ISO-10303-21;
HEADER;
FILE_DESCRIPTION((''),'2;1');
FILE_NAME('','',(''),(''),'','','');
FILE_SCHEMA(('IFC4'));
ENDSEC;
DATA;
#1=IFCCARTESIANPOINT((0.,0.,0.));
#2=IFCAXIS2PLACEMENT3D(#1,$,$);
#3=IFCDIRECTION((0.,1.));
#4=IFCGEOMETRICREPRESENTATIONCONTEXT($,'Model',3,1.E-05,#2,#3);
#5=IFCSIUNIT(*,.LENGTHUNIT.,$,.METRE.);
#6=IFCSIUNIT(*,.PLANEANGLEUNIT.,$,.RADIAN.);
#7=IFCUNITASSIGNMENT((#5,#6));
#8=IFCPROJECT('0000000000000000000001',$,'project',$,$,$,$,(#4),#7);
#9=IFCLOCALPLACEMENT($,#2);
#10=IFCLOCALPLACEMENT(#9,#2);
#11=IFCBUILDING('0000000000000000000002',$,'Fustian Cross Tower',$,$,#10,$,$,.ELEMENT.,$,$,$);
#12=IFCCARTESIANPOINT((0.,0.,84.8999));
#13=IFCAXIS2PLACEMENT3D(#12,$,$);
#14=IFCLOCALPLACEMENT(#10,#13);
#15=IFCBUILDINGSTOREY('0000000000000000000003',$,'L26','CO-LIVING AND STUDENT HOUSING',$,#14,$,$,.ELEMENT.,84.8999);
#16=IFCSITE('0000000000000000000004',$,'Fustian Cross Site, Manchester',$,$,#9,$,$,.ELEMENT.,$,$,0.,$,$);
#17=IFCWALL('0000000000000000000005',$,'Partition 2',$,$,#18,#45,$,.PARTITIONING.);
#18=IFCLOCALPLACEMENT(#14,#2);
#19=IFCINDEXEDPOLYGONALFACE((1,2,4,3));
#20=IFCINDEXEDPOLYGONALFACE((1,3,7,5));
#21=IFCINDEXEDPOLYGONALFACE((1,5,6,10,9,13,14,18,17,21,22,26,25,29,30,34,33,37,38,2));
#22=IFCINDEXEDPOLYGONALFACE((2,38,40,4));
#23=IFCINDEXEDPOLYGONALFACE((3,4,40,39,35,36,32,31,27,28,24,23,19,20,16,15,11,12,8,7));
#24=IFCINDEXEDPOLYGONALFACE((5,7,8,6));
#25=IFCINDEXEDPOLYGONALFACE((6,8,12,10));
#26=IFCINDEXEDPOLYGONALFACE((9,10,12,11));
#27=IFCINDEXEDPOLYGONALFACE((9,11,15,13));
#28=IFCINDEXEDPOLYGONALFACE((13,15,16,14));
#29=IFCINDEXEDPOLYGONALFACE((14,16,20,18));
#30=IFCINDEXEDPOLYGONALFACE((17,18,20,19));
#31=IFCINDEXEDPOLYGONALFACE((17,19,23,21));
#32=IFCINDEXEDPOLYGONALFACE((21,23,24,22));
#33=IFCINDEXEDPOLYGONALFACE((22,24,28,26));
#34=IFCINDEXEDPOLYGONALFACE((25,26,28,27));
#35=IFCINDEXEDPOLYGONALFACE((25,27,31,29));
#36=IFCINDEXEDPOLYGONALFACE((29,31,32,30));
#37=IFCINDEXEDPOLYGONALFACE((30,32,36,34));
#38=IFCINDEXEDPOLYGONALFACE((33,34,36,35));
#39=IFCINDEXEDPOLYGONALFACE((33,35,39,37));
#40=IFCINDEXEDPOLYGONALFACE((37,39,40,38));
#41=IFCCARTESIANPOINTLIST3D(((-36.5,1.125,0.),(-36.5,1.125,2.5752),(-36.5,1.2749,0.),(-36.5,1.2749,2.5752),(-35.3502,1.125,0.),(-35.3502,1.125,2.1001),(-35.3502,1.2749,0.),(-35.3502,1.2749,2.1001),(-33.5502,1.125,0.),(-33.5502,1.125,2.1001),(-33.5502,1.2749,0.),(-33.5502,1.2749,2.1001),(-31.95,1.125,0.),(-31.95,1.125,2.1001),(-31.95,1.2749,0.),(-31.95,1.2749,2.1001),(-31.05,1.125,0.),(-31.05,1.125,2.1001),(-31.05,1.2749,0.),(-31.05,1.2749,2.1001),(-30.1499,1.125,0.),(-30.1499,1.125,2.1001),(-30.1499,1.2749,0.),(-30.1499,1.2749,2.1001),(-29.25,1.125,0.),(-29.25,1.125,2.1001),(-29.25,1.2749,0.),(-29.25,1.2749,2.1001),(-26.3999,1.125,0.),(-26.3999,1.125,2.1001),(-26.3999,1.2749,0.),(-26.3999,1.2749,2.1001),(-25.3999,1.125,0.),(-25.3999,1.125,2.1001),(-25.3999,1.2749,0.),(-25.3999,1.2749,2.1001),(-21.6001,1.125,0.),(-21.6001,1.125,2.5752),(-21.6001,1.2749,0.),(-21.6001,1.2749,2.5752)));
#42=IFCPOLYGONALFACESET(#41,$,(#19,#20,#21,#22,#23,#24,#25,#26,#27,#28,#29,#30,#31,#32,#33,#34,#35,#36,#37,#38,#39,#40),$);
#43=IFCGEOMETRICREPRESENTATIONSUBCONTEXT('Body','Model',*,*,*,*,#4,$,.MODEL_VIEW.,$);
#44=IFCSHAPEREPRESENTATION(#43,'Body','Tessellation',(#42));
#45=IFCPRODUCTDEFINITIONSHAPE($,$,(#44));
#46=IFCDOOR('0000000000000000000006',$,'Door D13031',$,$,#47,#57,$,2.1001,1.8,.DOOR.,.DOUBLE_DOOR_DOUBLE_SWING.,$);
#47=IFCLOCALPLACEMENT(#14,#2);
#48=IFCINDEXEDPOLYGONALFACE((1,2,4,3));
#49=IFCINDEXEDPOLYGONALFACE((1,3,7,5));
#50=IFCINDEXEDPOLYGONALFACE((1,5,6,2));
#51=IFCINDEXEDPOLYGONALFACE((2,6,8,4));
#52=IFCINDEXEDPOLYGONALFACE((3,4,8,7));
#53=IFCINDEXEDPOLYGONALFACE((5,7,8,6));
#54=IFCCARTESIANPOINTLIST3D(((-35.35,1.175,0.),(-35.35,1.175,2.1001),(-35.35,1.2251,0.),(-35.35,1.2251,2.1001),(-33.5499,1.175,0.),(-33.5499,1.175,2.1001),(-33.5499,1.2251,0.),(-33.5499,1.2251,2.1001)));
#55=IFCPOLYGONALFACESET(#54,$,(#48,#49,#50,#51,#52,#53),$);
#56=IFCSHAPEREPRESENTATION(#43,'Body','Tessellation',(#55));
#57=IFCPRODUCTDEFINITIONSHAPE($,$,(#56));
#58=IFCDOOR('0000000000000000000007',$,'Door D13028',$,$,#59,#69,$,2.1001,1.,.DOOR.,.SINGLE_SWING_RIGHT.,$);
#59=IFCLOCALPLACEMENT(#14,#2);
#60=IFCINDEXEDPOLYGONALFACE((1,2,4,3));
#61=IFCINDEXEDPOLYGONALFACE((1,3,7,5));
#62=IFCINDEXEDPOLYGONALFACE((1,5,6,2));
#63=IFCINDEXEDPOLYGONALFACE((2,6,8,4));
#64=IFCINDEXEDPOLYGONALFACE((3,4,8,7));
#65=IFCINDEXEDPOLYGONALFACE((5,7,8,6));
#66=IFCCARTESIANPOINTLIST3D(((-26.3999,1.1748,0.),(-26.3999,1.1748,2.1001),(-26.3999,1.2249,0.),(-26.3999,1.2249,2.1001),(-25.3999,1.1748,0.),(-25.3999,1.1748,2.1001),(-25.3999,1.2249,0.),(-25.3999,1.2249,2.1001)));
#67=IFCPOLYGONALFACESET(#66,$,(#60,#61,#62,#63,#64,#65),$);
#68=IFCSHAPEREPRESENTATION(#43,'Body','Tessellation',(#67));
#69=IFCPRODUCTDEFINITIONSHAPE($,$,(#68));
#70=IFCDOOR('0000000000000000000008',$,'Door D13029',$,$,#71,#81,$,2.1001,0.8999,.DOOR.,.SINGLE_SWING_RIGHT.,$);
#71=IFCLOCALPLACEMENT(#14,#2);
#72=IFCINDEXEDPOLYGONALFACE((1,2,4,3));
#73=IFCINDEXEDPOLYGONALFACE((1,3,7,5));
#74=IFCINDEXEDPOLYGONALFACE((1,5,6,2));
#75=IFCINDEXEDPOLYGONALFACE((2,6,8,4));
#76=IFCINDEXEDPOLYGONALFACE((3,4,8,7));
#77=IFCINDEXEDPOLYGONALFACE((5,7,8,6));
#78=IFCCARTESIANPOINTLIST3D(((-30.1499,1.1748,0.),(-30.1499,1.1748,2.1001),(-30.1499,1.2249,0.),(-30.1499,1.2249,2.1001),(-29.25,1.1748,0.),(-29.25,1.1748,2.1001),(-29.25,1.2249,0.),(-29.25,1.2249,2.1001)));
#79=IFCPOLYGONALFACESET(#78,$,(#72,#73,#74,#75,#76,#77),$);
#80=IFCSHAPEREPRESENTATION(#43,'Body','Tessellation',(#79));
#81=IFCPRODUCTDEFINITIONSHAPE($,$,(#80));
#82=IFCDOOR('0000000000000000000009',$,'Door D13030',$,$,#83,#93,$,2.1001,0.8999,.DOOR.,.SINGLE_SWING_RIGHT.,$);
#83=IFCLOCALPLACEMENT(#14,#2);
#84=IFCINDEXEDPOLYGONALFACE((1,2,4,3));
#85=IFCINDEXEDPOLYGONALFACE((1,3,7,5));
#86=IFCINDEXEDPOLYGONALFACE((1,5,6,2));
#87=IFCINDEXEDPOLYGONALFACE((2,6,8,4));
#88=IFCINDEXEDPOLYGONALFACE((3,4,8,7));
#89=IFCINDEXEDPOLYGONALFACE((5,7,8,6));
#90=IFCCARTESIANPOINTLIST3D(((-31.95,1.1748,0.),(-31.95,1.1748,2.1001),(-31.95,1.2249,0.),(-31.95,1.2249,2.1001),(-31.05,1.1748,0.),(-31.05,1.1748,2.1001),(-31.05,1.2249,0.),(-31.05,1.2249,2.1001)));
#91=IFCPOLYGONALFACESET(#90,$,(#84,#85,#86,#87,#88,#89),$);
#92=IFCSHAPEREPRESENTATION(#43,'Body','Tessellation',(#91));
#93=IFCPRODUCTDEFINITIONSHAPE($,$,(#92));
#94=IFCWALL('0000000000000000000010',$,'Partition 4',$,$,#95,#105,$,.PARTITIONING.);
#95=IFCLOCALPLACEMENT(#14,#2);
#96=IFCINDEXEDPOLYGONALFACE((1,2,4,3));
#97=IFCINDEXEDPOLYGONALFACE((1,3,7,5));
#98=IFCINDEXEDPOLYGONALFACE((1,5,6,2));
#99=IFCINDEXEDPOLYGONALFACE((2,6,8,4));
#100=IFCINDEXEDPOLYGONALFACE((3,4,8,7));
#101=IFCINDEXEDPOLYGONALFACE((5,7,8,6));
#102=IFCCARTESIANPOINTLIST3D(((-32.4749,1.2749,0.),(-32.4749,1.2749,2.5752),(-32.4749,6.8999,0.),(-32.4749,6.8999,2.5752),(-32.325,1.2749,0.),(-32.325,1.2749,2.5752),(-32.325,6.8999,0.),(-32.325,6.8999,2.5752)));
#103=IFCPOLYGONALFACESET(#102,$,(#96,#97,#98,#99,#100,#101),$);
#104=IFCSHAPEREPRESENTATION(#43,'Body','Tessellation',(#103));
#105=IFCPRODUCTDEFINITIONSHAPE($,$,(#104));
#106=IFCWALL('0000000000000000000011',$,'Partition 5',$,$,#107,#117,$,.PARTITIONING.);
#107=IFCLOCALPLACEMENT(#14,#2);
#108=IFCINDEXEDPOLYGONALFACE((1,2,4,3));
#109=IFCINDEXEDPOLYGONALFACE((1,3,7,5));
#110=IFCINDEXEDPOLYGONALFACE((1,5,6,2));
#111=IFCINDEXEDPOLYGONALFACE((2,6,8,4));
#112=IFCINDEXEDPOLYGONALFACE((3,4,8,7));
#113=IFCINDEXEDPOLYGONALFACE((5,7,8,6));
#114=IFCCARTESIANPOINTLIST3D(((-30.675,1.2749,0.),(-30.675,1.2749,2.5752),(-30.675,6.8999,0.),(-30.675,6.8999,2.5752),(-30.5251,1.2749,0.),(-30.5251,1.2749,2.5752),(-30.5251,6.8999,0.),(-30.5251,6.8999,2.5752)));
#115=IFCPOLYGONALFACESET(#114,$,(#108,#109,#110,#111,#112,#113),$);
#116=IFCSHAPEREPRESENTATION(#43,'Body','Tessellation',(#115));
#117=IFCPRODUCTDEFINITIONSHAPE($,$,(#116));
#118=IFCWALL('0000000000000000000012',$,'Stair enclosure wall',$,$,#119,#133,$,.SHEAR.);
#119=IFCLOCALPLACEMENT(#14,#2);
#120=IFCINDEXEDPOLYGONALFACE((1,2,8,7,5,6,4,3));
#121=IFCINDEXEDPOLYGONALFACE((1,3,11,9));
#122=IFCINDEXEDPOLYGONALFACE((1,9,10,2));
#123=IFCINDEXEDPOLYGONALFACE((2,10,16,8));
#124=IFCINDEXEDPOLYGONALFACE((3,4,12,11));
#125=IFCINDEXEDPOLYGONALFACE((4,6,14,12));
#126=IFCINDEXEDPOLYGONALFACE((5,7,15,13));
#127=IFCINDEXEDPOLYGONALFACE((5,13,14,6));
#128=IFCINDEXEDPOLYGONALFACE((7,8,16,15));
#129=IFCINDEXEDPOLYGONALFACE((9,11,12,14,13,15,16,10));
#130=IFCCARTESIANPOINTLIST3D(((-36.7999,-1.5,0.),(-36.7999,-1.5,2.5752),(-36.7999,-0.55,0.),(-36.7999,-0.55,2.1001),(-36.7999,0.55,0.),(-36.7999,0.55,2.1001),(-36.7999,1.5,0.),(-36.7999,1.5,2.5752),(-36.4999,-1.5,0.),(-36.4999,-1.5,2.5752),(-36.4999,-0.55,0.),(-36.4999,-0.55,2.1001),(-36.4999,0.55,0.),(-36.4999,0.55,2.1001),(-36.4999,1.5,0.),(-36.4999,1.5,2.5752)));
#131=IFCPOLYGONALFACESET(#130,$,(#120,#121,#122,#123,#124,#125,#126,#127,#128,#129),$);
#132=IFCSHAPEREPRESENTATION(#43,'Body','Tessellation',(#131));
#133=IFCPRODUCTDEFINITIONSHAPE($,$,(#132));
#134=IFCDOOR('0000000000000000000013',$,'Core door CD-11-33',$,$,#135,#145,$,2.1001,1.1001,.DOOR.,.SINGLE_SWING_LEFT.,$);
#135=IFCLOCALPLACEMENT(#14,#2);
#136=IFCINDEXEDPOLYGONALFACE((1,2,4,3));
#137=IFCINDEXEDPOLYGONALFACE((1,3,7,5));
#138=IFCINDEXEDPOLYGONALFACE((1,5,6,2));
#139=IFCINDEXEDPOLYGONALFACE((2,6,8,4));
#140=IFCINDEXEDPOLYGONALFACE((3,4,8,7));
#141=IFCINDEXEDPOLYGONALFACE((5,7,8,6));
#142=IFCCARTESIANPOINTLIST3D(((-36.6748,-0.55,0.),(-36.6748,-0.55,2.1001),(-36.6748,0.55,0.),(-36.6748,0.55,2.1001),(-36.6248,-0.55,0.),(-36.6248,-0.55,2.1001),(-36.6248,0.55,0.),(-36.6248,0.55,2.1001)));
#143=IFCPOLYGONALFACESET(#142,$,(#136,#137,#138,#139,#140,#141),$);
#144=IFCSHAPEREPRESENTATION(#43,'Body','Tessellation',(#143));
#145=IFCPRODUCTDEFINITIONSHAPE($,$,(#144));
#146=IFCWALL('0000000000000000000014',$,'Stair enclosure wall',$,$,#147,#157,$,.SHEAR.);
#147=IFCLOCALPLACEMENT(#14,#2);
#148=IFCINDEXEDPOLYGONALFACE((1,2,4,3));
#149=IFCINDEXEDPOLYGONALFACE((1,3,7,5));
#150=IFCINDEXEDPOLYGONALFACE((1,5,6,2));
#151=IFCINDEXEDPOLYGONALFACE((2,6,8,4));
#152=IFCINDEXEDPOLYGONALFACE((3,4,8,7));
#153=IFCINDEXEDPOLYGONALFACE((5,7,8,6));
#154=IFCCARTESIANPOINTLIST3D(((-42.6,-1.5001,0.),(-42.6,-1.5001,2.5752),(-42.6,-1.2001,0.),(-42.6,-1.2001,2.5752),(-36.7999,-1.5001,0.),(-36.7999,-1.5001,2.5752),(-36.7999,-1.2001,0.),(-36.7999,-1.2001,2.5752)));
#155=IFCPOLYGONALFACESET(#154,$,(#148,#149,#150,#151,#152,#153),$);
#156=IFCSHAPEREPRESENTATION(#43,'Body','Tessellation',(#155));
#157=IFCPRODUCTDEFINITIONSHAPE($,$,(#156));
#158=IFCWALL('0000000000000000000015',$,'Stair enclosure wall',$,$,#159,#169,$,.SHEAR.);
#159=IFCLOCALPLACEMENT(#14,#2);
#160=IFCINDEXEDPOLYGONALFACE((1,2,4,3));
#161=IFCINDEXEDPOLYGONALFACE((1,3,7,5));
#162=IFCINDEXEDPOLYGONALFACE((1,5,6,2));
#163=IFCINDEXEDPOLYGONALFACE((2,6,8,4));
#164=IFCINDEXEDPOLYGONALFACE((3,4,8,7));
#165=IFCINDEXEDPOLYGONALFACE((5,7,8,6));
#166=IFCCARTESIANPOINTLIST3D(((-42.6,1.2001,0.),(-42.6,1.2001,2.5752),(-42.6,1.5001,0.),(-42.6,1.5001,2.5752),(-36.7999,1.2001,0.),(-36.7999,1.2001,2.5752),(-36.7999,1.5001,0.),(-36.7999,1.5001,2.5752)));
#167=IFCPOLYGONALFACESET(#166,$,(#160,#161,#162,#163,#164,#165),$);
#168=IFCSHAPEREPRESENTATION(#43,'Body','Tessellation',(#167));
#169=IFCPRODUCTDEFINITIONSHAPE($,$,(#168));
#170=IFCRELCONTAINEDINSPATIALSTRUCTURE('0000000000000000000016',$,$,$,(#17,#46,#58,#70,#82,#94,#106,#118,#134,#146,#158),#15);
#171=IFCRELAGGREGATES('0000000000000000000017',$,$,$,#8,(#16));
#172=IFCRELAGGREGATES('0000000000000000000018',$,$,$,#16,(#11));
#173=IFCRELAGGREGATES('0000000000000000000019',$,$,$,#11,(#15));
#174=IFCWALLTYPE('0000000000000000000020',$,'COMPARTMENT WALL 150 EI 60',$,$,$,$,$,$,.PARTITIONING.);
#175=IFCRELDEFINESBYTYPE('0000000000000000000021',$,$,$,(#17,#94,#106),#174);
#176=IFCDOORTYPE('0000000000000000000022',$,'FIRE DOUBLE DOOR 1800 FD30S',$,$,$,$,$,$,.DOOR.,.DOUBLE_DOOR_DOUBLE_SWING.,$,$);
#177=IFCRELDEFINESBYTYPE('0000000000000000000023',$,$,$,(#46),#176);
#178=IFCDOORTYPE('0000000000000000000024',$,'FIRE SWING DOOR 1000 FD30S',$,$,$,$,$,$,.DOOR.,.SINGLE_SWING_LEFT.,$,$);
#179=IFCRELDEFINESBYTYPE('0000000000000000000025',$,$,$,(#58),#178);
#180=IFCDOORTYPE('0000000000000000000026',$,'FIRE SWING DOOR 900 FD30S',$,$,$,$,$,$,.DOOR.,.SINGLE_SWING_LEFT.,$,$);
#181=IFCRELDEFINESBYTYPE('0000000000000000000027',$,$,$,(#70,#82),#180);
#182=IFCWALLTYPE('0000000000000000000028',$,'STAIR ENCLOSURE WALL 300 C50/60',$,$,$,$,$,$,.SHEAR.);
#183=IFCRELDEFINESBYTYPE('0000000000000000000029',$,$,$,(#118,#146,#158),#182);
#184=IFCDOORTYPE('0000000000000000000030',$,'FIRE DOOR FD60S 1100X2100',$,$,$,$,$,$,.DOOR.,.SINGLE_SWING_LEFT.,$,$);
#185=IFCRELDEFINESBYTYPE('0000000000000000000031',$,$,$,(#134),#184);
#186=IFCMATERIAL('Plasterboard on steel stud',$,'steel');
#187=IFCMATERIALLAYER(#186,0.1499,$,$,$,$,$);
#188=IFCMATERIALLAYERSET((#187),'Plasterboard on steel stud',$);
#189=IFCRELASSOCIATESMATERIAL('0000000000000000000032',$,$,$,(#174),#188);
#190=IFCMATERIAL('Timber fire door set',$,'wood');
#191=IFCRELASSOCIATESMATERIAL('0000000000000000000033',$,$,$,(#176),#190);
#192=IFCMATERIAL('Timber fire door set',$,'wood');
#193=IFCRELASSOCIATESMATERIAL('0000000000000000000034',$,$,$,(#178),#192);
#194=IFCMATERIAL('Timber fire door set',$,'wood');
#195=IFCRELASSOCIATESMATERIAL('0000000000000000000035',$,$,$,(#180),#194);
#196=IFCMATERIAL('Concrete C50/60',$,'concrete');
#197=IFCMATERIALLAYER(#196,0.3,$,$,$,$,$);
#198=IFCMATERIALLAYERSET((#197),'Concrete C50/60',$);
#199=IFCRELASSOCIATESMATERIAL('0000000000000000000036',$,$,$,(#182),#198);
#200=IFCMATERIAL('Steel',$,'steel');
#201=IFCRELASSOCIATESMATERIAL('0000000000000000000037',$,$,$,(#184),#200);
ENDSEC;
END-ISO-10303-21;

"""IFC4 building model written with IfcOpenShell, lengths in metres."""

from ifc_helpers import new_model, si_unit, direction, frame, frame_2d, origin, place, context, subcontext, project, spatial, rectangle, extrude, material, layer, layer_set, type_object, element, fill, save


model = new_model("IFC4")

# Units and contexts
model_context = context("Model", 3, precision=1e-05, world=origin(), true_north=direction((0.0, 1.0)))
body_context = subcontext(model_context, "Body", "Model", "MODEL_VIEW")
ifc_project = project(units=[si_unit("LENGTHUNIT", "METRE"), si_unit("PLANEANGLEUNIT", "RADIAN")], contexts=[model_context])

# Site, building, storey
site_placement = place(None, origin())
site = spatial("IfcSite", under=ifc_project, at=site_placement, Name="Fustian Cross Site, Manchester", CompositionType="ELEMENT", RefElevation=0.0)
building_placement = place(site_placement, origin())
building = spatial("IfcBuilding", under=site, at=building_placement, Name="Fustian Cross Tower", CompositionType="ELEMENT")
storey_placement = place(building_placement, frame((0.0, 0.0, 84.8999)))
storey = spatial("IfcBuildingStorey", under=building, at=storey_placement, Name="L26", Description="CO-LIVING AND STUDENT HOUSING", CompositionType="ELEMENT", Elevation=84.8999)

# Wall, openings, doors
ifc_material_1 = material(Name="Plasterboard on steel stud", Category="steel")
ifc_layer_1 = layer(ifc_material_1, 0.1499)
ifc_layer_set_1 = layer_set([ifc_layer_1], Name="Plasterboard on steel stud")
wall_type_1 = type_object("IfcWallType", Name="COMPARTMENT WALL 150 EI 60", PredefinedType="PARTITIONING", material=ifc_layer_set_1)
ifc_material_2 = material(Name="Timber fire door set", Category="wood")
door_type_1 = type_object("IfcDoorType", Name="FIRE DOUBLE DOOR 1800 FD30S", OperationType="DOUBLE_DOOR_DOUBLE_SWING", PredefinedType="DOOR", material=ifc_material_2)
ifc_material_3 = material(Name="Timber fire door set", Category="wood")
door_type_2 = type_object("IfcDoorType", Name="FIRE SWING DOOR 1000 FD30S", OperationType="SINGLE_SWING_LEFT", PredefinedType="DOOR", material=ifc_material_3)
wall_1_placement = place(storey_placement, frame((-36.5, 1.2, 0.0), z_axis=(0.0, 0.0, 1.0), x_axis=(1.0, 0.0, 0.0)))
wall_1 = element("IfcWall", 1, at=wall_1_placement, inside=storey, type_object=wall_type_1, Name="Partition 2", PredefinedType="PARTITIONING", context=body_context, shape_type="SweptSolid", body=[
    extrude(rectangle(XDim=14.8999, YDim=0.1499, at=frame_2d((7.45, 0.0))), origin(), (0.0, 0.0, 1.0), 2.5752),
])
opening_1_placement = place(wall_1_placement, frame((10.1001, 0.0, 0.0)))
opening_1 = element("IfcOpeningElement", 2, at=opening_1_placement, cuts=wall_1, PredefinedType="OPENING", context=body_context, shape_type="SweptSolid", body=[
    extrude(rectangle(XDim=1.0, YDim=2.1001, at=frame_2d((0.5, 1.05))), frame((0.0, 0.085, 0.0), z_axis=(0.0, -1.0, 0.0), x_axis=(1.0, 0.0, 0.0)), (0.0, 0.0, 1.0), 0.1699),
])
opening_2_placement = place(wall_1_placement, frame((6.3501, 0.0, 0.0)))
opening_2 = element("IfcOpeningElement", 3, at=opening_2_placement, cuts=wall_1, PredefinedType="OPENING", context=body_context, shape_type="SweptSolid", body=[
    extrude(rectangle(XDim=0.8999, YDim=2.1001, at=frame_2d((0.45, 1.05))), frame((0.0, 0.085, 0.0), z_axis=(0.0, -1.0, 0.0), x_axis=(1.0, 0.0, 0.0)), (0.0, 0.0, 1.0), 0.1699),
])
opening_3_placement = place(wall_1_placement, frame((4.55, 0.0, 0.0)))
opening_3 = element("IfcOpeningElement", 4, at=opening_3_placement, cuts=wall_1, PredefinedType="OPENING", context=body_context, shape_type="SweptSolid", body=[
    extrude(rectangle(XDim=0.8999, YDim=2.1001, at=frame_2d((0.45, 1.05))), frame((0.0, 0.085, 0.0), z_axis=(0.0, -1.0, 0.0), x_axis=(1.0, 0.0, 0.0)), (0.0, 0.0, 1.0), 0.1699),
])
opening_4_placement = place(wall_1_placement, frame((1.1499, 0.0, 0.0)))
opening_4 = element("IfcOpeningElement", 5, at=opening_4_placement, cuts=wall_1, PredefinedType="OPENING", context=body_context, shape_type="SweptSolid", body=[
    extrude(rectangle(XDim=1.8, YDim=2.1001, at=frame_2d((0.8999, 1.05))), frame((0.0, 0.085, 0.0), z_axis=(0.0, -1.0, 0.0), x_axis=(1.0, 0.0, 0.0)), (0.0, 0.0, 1.0), 0.1699),
])
door_1_placement = place(opening_4_placement, frame((1.8, 0.0, 0.0), z_axis=(0.0, 0.0, 1.0), x_axis=(-1.0, 0.0, 0.0)))
door_1 = element("IfcDoor", 6, at=door_1_placement, inside=storey, type_object=door_type_1, Name="Door D13031", OperationType="DOUBLE_DOOR_DOUBLE_SWING", OverallHeight=2.1001, OverallWidth=1.8, PredefinedType="DOOR", context=body_context, shape_type="SweptSolid", body=[
    extrude(rectangle(XDim=1.8, YDim=2.1001, at=frame_2d((0.8999, 1.05))), frame((0.0, 0.0249, 0.0), z_axis=(0.0, -1.0, 0.0), x_axis=(1.0, 0.0, 0.0)), (0.0, 0.0, 1.0), 0.05),
])
fill(opening_4, door_1)
door_2_placement = place(opening_1_placement, origin())
door_2 = element("IfcDoor", 7, at=door_2_placement, inside=storey, type_object=door_type_2, Name="Door D13028", OperationType="SINGLE_SWING_RIGHT", OverallHeight=2.1001, OverallWidth=1.0, PredefinedType="DOOR", context=body_context, shape_type="SweptSolid", body=[
    extrude(rectangle(XDim=1.0, YDim=2.1001, at=frame_2d((0.5, 1.05))), frame((0.0, 0.0249, 0.0), z_axis=(0.0, -1.0, 0.0), x_axis=(1.0, 0.0, 0.0)), (0.0, 0.0, 1.0), 0.05),
])
fill(opening_1, door_2)
ifc_material_4 = material(Name="Timber fire door set", Category="wood")
door_type_3 = type_object("IfcDoorType", Name="FIRE SWING DOOR 900 FD30S", OperationType="SINGLE_SWING_LEFT", PredefinedType="DOOR", material=ifc_material_4)
door_3_placement = place(opening_2_placement, origin())
door_3 = element("IfcDoor", 8, at=door_3_placement, inside=storey, type_object=door_type_3, Name="Door D13029", OperationType="SINGLE_SWING_RIGHT", OverallHeight=2.1001, OverallWidth=0.8999, PredefinedType="DOOR", context=body_context, shape_type="SweptSolid", body=[
    extrude(rectangle(XDim=0.8999, YDim=2.1001, at=frame_2d((0.45, 1.05))), frame((0.0, 0.0249, 0.0), z_axis=(0.0, -1.0, 0.0), x_axis=(1.0, 0.0, 0.0)), (0.0, 0.0, 1.0), 0.05),
])
fill(opening_2, door_3)
door_4_placement = place(opening_3_placement, origin())
door_4 = element("IfcDoor", 9, at=door_4_placement, inside=storey, type_object=door_type_3, Name="Door D13030", OperationType="SINGLE_SWING_RIGHT", OverallHeight=2.1001, OverallWidth=0.8999, PredefinedType="DOOR", context=body_context, shape_type="SweptSolid", body=[
    extrude(rectangle(XDim=0.8999, YDim=2.1001, at=frame_2d((0.45, 1.05))), frame((0.0, 0.0249, 0.0), z_axis=(0.0, -1.0, 0.0), x_axis=(1.0, 0.0, 0.0)), (0.0, 0.0, 1.0), 0.05),
])
fill(opening_3, door_4)

# Walls
for number, where, z_axis, x_axis, name in (
    (10, (-32.3999, 1.2749, 0.0), (0.0, 0.0, 1.0), (0.0, 1.0, 0.0), "Partition 4"),
    (11, (-30.6001, 1.2749, 0.0), (0.0, 0.0, 1.0), (0.0, 1.0, 0.0), "Partition 5"),
):
    element("IfcWall", number, at=place(storey_placement, frame(where, z_axis=z_axis, x_axis=x_axis)), inside=storey, type_object=wall_type_1, Name=name, PredefinedType="PARTITIONING", context=body_context, shape_type="SweptSolid", body=[
        extrude(rectangle(XDim=5.625, YDim=0.1499, at=frame_2d((2.8125, 0.0))), origin(), (0.0, 0.0, 1.0), 2.5752),
    ])

# Wall, opening, door
ifc_material_5 = material(Name="Concrete C50/60", Category="concrete")
ifc_layer_2 = layer(ifc_material_5, 0.3)
ifc_layer_set_2 = layer_set([ifc_layer_2], Name="Concrete C50/60")
wall_type_2 = type_object("IfcWallType", Name="STAIR ENCLOSURE WALL 300 C50/60", PredefinedType="SHEAR", material=ifc_layer_set_2)
wall_2_placement = place(storey_placement, frame((-36.6499, -1.5, 0.0), z_axis=(0.0, 0.0, 1.0), x_axis=(0.0, 1.0, 0.0)))
wall_2 = element("IfcWall", 12, at=wall_2_placement, inside=storey, type_object=wall_type_2, Name="Stair enclosure wall", PredefinedType="SHEAR", context=body_context, shape_type="SweptSolid", body=[
    extrude(rectangle(XDim=3.0, YDim=0.3, at=frame_2d((1.5, 0.0))), origin(), (0.0, 0.0, 1.0), 2.5752),
])
opening_5_placement = place(wall_2_placement, frame((0.95, 0.0, 0.0)))
opening_5 = element("IfcOpeningElement", 13, at=opening_5_placement, cuts=wall_2, PredefinedType="OPENING", context=body_context, shape_type="SweptSolid", body=[
    extrude(rectangle(XDim=1.1001, YDim=2.1001, at=frame_2d((0.55, 1.05))), frame((0.0, 0.1599, 0.0), z_axis=(0.0, -1.0, 0.0), x_axis=(1.0, 0.0, 0.0)), (0.0, 0.0, 1.0), 0.3201),
])
ifc_material_6 = material(Name="Steel", Category="steel")
door_type_4 = type_object("IfcDoorType", Name="FIRE DOOR FD60S 1100X2100", OperationType="SINGLE_SWING_LEFT", PredefinedType="DOOR", material=ifc_material_6)
door_5_placement = place(opening_5_placement, origin())
door_5 = element("IfcDoor", 14, at=door_5_placement, inside=storey, type_object=door_type_4, Name="Core door CD-11-33", OperationType="SINGLE_SWING_LEFT", OverallHeight=2.1001, OverallWidth=1.1001, PredefinedType="DOOR", context=body_context, shape_type="SweptSolid", body=[
    extrude(rectangle(XDim=1.1001, YDim=2.1001, at=frame_2d((0.55, 1.05))), frame((0.0, 0.0249, 0.0), z_axis=(0.0, -1.0, 0.0), x_axis=(1.0, 0.0, 0.0)), (0.0, 0.0, 1.0), 0.05),
])
fill(opening_5, door_5)

# Walls
for number, where, z_axis, x_axis, name in (
    (15, (-36.8, -1.3501, 0.0), (0.0, 0.0, 1.0), (-1.0, 0.0, 0.0), "Stair enclosure wall"),
    (16, (-36.8, 1.3501, 0.0), (0.0, 0.0, 1.0), (-1.0, 0.0, 0.0), "Stair enclosure wall"),
):
    element("IfcWall", number, at=place(storey_placement, frame(where, z_axis=z_axis, x_axis=x_axis)), inside=storey, type_object=wall_type_2, Name=name, PredefinedType="SHEAR", context=body_context, shape_type="SweptSolid", body=[
        extrude(rectangle(XDim=5.8, YDim=0.3, at=frame_2d((2.8999, 0.0))), origin(), (0.0, 0.0, 1.0), 2.5752),
    ])

save(model, "model.ifc")
